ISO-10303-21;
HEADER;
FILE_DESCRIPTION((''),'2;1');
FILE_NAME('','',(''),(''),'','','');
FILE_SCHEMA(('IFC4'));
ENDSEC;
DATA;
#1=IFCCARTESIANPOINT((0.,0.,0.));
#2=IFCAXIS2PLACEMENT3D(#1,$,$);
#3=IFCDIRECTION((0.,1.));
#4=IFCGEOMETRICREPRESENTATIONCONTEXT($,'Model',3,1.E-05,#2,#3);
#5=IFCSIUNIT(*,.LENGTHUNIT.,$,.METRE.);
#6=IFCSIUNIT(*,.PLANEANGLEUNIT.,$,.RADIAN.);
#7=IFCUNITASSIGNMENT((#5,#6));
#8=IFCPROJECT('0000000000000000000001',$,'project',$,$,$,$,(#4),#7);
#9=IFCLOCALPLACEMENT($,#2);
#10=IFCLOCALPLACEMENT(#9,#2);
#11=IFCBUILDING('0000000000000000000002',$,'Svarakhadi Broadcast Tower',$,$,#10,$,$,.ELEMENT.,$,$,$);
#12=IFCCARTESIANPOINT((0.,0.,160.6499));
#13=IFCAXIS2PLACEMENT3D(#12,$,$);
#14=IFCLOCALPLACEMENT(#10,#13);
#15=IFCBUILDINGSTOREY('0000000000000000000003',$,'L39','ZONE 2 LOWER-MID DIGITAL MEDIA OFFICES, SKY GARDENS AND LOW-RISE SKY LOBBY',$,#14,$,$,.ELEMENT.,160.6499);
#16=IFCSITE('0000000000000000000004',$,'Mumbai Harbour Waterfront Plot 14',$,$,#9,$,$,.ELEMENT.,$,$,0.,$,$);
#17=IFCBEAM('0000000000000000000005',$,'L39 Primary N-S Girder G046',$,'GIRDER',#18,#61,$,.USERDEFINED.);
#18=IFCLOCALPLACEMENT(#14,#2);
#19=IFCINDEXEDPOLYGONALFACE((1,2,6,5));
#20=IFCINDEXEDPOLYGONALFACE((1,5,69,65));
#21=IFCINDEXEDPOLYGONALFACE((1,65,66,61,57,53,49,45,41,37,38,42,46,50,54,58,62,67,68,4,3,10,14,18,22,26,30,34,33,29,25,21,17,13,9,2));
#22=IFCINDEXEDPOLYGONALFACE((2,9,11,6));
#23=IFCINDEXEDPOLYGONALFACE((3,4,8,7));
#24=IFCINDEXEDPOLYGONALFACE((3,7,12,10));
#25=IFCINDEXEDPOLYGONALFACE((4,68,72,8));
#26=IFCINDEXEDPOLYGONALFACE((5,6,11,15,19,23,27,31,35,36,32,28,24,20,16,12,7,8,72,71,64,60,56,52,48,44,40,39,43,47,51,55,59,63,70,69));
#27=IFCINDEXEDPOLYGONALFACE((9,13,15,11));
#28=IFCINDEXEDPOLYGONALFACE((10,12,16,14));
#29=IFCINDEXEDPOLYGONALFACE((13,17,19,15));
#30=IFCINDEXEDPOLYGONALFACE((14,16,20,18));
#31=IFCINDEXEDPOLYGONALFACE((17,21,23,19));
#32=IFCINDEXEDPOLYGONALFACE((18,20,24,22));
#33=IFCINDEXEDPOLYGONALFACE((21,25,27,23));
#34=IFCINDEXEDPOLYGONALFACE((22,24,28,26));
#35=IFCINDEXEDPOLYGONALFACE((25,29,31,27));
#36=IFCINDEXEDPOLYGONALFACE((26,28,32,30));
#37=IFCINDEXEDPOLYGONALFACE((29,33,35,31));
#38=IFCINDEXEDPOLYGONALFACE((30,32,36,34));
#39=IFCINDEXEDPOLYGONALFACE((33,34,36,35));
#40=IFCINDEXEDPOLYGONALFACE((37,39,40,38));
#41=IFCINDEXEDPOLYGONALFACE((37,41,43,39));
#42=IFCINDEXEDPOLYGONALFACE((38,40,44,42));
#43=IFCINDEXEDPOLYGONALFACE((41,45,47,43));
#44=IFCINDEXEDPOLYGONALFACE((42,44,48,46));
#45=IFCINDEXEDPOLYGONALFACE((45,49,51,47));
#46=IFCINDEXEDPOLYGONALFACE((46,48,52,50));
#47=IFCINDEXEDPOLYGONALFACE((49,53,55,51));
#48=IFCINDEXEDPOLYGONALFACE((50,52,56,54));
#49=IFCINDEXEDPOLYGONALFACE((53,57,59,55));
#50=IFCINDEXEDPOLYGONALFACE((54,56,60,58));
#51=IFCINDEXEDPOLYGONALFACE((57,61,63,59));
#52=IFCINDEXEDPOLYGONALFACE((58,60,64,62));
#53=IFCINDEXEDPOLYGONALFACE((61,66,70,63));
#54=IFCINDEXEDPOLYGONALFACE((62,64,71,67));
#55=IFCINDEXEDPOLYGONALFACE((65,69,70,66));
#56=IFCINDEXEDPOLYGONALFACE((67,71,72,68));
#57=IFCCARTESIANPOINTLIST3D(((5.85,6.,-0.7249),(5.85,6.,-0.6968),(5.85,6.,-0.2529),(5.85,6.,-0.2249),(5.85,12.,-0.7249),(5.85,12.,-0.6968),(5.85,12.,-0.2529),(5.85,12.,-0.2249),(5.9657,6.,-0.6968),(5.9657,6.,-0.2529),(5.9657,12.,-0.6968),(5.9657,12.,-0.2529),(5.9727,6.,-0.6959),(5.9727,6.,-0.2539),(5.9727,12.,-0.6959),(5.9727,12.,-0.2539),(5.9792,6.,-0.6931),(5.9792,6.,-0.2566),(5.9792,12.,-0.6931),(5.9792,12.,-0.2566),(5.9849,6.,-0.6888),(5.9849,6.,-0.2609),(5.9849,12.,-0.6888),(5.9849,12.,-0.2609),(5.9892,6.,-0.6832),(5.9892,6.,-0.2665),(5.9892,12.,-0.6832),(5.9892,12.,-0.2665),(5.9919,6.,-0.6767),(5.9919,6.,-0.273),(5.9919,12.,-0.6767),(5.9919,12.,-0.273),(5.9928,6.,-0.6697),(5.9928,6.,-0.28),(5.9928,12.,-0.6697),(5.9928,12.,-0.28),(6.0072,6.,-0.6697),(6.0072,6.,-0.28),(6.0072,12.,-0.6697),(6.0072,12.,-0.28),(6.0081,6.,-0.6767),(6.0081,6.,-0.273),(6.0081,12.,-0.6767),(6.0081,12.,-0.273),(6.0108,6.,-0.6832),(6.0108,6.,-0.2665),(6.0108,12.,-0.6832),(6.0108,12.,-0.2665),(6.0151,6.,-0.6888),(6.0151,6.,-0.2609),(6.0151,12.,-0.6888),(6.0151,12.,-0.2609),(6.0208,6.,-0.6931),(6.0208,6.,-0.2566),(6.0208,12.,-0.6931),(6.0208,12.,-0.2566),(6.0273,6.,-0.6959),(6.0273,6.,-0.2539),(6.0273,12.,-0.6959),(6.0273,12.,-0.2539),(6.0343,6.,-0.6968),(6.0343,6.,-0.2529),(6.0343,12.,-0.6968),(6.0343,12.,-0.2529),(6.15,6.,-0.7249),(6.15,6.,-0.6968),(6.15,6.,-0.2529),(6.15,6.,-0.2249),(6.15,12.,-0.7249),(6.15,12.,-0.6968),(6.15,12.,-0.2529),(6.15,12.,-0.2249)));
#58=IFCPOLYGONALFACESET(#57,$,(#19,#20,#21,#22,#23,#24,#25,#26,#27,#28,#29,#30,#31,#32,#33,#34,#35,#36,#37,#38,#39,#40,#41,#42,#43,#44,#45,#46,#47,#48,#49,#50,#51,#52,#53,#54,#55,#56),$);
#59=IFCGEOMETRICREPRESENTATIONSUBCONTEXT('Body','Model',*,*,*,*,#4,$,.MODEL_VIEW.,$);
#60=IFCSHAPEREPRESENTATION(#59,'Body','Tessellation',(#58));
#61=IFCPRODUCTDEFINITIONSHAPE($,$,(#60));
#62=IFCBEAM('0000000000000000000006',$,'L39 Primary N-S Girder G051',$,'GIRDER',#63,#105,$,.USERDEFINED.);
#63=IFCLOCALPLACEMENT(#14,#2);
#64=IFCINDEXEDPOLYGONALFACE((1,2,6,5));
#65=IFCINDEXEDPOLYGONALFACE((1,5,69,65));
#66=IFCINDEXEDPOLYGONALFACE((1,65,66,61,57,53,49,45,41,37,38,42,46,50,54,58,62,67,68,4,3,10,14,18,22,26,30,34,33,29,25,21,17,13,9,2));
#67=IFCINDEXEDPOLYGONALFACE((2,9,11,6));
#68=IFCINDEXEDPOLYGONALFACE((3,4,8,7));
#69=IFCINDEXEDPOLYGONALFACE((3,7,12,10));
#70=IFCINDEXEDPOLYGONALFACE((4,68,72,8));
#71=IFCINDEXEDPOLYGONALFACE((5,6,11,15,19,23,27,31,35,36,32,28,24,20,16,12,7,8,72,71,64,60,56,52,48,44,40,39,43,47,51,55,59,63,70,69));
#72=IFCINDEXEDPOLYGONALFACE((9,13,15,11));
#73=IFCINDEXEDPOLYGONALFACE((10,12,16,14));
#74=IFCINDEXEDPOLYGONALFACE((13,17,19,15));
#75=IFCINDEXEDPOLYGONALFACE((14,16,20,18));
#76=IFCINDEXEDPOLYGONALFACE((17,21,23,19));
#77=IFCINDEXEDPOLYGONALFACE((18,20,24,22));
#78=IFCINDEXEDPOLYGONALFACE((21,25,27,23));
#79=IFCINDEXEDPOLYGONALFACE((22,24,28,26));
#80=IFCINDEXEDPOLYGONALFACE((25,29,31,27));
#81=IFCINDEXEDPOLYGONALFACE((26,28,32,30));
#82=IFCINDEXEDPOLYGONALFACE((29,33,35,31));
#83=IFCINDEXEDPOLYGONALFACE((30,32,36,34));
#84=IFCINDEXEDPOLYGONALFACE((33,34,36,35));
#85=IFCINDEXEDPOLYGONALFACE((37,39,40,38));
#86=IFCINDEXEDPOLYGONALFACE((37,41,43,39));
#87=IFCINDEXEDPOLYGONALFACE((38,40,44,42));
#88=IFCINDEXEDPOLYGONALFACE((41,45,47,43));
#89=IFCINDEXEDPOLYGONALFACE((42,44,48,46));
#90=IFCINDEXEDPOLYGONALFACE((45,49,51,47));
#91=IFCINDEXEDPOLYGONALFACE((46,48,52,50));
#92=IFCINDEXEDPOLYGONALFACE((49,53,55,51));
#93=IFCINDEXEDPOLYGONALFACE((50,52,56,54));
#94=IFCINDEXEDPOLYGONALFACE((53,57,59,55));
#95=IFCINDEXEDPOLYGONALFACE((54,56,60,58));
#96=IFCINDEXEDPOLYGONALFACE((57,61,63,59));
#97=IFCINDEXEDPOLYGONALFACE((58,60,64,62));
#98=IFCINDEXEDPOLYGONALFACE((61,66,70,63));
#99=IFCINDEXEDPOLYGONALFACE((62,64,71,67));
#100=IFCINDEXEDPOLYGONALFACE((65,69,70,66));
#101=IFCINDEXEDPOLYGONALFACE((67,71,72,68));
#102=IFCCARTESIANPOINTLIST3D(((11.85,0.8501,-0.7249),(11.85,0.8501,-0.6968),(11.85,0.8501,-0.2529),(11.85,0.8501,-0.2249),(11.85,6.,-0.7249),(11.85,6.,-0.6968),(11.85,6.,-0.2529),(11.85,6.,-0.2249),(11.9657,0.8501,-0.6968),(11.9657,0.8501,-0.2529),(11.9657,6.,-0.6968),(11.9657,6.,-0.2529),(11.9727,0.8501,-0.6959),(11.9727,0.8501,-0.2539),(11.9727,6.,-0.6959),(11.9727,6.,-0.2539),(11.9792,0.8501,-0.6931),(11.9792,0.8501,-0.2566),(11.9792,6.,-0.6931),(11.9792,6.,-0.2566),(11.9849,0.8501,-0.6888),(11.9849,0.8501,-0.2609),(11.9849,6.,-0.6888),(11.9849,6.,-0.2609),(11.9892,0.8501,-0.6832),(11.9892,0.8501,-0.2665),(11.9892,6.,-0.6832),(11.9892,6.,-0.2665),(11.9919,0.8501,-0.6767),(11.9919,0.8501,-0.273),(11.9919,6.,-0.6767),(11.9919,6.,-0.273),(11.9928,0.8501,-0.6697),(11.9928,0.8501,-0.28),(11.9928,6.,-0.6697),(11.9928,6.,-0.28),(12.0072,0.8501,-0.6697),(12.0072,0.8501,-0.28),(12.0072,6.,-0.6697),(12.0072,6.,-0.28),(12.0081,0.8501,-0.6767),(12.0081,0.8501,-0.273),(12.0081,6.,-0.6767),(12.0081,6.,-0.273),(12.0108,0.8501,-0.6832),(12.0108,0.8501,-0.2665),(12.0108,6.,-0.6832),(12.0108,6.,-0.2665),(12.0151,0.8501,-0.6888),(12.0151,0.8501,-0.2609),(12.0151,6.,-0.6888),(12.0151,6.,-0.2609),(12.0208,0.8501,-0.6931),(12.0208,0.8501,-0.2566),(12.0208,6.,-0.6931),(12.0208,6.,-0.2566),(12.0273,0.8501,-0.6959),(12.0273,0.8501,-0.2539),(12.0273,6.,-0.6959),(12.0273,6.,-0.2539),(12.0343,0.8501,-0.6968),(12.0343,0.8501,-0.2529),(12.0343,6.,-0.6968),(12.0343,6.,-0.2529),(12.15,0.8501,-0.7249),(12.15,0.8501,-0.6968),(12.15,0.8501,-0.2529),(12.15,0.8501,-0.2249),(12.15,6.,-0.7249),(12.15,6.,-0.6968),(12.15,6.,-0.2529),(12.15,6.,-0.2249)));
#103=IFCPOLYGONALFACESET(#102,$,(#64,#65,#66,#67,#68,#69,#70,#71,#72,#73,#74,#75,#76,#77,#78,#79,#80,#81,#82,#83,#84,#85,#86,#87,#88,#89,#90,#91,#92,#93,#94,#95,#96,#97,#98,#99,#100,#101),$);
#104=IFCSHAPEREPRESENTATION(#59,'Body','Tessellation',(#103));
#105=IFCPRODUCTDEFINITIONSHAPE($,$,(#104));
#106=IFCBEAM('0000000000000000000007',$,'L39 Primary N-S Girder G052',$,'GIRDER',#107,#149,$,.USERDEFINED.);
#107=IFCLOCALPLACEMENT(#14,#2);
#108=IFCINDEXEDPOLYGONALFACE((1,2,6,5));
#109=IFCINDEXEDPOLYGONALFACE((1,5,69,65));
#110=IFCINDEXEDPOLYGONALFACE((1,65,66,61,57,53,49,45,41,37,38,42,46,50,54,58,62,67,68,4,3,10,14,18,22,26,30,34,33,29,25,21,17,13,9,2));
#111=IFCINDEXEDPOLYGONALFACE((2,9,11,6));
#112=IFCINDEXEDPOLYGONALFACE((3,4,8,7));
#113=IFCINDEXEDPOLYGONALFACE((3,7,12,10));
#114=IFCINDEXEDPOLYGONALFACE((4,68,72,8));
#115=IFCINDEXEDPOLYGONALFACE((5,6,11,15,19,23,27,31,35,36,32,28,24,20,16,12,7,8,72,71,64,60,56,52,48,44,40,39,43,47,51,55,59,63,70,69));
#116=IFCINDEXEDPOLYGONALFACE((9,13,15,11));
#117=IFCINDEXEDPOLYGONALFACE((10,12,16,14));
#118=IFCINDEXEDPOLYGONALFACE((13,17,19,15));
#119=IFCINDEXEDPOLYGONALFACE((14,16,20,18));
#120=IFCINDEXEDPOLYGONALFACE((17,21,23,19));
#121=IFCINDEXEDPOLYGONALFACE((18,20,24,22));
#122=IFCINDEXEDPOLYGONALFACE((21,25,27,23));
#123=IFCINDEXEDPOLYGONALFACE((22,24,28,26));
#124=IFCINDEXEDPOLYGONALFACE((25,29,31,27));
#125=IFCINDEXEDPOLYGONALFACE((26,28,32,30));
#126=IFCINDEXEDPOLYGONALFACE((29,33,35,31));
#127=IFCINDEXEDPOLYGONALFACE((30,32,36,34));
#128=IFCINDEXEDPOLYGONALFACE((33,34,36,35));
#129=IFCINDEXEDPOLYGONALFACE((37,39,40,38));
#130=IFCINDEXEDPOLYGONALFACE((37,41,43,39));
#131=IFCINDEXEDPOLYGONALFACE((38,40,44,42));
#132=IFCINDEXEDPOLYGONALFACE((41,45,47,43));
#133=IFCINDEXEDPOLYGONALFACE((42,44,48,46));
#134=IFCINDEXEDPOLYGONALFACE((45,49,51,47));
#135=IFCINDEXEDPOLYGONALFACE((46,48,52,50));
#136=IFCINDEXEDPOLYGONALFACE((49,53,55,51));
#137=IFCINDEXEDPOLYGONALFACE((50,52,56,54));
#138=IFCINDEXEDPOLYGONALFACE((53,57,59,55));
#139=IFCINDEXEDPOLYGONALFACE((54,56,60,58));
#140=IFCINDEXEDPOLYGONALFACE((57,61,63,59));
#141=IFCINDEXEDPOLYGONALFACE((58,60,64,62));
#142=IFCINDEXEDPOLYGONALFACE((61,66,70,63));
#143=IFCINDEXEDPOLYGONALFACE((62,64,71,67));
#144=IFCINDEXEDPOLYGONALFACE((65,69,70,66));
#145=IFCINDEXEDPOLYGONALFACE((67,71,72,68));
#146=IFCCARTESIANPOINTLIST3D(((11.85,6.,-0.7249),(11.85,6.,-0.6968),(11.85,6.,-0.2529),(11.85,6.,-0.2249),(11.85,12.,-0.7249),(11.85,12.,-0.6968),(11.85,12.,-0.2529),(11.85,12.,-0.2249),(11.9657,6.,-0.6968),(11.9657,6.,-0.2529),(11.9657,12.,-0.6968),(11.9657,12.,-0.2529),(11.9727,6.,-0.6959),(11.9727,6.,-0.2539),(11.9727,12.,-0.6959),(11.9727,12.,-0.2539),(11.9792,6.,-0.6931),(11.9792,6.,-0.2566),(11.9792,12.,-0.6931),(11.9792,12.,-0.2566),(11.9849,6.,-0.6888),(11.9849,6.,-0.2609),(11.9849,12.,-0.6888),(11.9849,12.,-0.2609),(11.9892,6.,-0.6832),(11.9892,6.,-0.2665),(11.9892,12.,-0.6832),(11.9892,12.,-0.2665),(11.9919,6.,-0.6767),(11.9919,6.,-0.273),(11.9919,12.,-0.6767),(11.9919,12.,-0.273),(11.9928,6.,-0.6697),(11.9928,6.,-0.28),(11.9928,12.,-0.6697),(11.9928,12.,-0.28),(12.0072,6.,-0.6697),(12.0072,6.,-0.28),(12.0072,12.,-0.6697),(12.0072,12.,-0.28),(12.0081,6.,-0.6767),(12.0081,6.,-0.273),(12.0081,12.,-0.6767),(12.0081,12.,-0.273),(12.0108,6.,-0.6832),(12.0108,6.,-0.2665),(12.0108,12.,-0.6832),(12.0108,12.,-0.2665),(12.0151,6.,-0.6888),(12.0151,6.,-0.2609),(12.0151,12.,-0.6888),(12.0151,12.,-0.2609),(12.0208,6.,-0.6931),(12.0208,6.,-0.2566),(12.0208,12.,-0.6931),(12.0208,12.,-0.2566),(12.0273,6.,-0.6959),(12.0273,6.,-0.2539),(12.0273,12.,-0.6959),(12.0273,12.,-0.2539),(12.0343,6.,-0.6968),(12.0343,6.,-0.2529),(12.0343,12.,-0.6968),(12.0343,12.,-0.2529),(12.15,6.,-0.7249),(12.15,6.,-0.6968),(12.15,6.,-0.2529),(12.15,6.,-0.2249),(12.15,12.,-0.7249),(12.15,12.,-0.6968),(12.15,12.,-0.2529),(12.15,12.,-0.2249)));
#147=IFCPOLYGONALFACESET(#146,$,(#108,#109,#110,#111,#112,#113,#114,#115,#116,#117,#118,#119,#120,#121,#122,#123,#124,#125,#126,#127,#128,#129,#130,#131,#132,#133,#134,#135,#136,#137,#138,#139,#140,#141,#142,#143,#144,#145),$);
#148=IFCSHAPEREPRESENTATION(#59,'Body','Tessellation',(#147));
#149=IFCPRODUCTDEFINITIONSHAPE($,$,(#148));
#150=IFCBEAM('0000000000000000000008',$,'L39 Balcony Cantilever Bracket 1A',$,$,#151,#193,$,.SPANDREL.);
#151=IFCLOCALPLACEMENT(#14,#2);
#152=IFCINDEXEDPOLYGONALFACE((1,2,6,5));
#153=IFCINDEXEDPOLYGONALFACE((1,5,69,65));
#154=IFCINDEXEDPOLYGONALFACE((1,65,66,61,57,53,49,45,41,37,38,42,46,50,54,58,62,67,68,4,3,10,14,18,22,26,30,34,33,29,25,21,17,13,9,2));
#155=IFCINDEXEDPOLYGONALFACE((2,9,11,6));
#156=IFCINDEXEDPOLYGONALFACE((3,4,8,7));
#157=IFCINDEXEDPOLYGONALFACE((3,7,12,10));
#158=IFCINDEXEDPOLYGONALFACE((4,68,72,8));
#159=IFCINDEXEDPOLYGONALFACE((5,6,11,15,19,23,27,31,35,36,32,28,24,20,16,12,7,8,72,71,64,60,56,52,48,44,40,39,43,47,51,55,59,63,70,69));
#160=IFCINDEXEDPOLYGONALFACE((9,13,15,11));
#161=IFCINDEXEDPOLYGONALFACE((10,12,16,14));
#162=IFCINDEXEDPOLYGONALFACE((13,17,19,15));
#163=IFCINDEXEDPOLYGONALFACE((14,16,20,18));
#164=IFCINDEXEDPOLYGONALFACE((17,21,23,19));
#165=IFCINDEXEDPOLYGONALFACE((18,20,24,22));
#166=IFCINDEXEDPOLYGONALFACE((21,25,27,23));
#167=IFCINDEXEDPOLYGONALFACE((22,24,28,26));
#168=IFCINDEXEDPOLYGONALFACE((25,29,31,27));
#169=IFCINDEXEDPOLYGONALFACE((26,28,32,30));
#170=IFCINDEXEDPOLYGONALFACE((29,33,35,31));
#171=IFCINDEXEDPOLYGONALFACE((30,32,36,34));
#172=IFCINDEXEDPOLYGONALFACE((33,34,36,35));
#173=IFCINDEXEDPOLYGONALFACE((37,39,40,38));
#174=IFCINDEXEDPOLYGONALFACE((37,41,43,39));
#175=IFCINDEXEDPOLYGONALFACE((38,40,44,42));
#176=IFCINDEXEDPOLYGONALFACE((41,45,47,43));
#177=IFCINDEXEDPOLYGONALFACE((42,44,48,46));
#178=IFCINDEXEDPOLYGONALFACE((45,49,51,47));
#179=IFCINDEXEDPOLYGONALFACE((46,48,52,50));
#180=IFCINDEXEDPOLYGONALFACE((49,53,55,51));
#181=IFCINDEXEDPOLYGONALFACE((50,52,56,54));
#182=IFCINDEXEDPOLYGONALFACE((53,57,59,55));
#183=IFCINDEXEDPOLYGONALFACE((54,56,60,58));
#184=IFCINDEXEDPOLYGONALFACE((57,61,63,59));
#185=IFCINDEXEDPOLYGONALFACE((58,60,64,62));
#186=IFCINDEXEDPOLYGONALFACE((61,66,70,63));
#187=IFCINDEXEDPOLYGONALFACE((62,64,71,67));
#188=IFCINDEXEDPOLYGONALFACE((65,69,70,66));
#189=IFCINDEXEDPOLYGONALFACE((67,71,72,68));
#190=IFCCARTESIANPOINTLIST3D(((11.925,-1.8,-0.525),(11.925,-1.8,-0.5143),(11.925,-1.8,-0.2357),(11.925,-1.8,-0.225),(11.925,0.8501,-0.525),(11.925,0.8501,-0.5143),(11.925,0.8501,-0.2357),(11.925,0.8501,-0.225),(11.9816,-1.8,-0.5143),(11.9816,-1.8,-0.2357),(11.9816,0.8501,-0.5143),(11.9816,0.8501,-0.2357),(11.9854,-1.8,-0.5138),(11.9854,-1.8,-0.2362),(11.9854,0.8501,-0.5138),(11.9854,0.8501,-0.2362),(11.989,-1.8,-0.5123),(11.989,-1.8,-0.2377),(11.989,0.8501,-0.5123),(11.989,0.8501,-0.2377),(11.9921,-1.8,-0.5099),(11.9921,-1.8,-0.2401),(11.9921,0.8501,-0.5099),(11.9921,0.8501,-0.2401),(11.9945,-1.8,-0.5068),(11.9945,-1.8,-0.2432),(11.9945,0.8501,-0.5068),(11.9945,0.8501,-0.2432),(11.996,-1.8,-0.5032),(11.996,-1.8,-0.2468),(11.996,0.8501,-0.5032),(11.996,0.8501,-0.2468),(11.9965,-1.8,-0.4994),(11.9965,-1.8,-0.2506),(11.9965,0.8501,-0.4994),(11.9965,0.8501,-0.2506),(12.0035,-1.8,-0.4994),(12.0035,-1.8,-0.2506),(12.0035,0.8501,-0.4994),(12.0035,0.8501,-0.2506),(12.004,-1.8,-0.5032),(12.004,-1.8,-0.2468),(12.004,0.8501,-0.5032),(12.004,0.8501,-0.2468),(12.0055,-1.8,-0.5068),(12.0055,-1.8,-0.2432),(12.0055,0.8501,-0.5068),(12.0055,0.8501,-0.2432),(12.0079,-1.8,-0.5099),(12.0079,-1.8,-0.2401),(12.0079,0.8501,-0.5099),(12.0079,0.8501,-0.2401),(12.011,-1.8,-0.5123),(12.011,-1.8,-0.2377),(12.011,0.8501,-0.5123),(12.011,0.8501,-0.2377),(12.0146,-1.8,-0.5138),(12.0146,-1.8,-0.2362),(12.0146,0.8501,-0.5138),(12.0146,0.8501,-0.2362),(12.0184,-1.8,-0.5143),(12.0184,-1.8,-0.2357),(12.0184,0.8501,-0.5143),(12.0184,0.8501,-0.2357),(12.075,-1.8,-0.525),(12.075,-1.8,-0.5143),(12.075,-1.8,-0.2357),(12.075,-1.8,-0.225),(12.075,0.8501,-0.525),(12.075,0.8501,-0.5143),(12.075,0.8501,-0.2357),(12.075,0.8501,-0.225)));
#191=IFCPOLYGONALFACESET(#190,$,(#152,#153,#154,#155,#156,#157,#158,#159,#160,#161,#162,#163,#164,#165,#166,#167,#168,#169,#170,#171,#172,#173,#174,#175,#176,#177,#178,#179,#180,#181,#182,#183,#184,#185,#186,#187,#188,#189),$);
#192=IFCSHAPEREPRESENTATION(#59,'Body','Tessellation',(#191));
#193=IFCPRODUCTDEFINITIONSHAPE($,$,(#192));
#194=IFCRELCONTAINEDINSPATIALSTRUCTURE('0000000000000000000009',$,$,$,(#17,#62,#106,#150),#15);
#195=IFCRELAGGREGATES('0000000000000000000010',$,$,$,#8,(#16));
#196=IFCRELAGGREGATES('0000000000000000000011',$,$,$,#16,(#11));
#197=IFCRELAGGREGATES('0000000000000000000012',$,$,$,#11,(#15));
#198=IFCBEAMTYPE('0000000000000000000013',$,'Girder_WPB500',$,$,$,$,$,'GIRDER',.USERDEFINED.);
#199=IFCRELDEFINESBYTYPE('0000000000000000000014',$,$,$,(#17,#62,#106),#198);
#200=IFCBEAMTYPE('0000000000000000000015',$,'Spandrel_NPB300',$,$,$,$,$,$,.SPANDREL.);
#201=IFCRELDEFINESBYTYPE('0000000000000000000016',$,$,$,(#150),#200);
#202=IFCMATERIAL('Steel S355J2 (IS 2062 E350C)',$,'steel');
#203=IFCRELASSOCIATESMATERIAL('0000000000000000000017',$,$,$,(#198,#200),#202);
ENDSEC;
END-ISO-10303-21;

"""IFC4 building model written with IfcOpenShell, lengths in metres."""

from ifc_helpers import new_model, si_unit, direction, frame, origin, origin_2d, place, context, subcontext, project, spatial, i_section, extrude, material, material_profile, profile_set, type_object, element, save


model = new_model("IFC4")

# Units and contexts
model_context = context("Model", 3, precision=1e-05, world=origin(), true_north=direction((0.0, 1.0)))
body_context = subcontext(model_context, "Body", "Model", "MODEL_VIEW")
ifc_project = project(units=[si_unit("LENGTHUNIT", "METRE"), si_unit("PLANEANGLEUNIT", "RADIAN")], contexts=[model_context])

# Site, building, storey
site_placement = place(None, origin())
site = spatial("IfcSite", under=ifc_project, at=site_placement, Name="Mumbai Harbour Waterfront Plot 14", CompositionType="ELEMENT", RefElevation=0.0)
building_placement = place(site_placement, origin())
building = spatial("IfcBuilding", under=site, at=building_placement, Name="Svarakhadi Broadcast Tower", CompositionType="ELEMENT")
storey_placement = place(building_placement, frame((0.0, 0.0, 160.6499)))
storey = spatial("IfcBuildingStorey", under=building, at=storey_placement, Name="L39", Description="ZONE 2 LOWER-MID DIGITAL MEDIA OFFICES, SKY GARDENS AND LOW-RISE SKY LOBBY", CompositionType="ELEMENT", Elevation=160.6499)

# Shared definitions
ifc_material_1 = material(Name="Steel S355J2 (IS 2062 E350C)", Category="steel")

# Beams
ifc_material_profile_1 = material_profile(ifc_material_1, i_section(OverallWidth=0.3, OverallDepth=0.5, WebThickness=0.0144, FlangeThickness=0.0281, FilletRadius=0.0271, at=origin_2d()), Name="WPB 500x300x187")
ifc_profile_set_1 = profile_set([ifc_material_profile_1], Name="Steel S355J2 (IS 2062 E350C)")
beam_type_1 = type_object("IfcBeamType", Name="Girder_WPB500", ElementType="GIRDER", PredefinedType="USERDEFINED", material=ifc_profile_set_1)
beam_1_placement = place(storey_placement, frame((6.0, 6.0, -0.4749), z_axis=(0.0, 1.0, 0.0), x_axis=(-1.0, 0.0, 0.0)))
element("IfcBeam", 1, at=beam_1_placement, inside=storey, type_object=beam_type_1, Name="L39 Primary N-S Girder G046", ObjectType="GIRDER", PredefinedType="USERDEFINED", context=body_context, shape_type="SweptSolid", body=[
    extrude(i_section(OverallWidth=0.3, OverallDepth=0.5, WebThickness=0.0144, FlangeThickness=0.0281, FilletRadius=0.0271, at=origin_2d()), origin(), (0.0, 0.0, 1.0), 6.0),
])
beam_2_placement = place(storey_placement, frame((12.0, 0.8501, -0.4749), z_axis=(0.0, 1.0, 0.0), x_axis=(-1.0, 0.0, 0.0)))
element("IfcBeam", 2, at=beam_2_placement, inside=storey, type_object=beam_type_1, Name="L39 Primary N-S Girder G051", ObjectType="GIRDER", PredefinedType="USERDEFINED", context=body_context, shape_type="SweptSolid", body=[
    extrude(i_section(OverallWidth=0.3, OverallDepth=0.5, WebThickness=0.0144, FlangeThickness=0.0281, FilletRadius=0.0271, at=origin_2d()), origin(), (0.0, 0.0, 1.0), 5.1499),
])
beam_3_placement = place(storey_placement, frame((12.0, 6.0, -0.4749), z_axis=(0.0, 1.0, 0.0), x_axis=(-1.0, 0.0, 0.0)))
element("IfcBeam", 3, at=beam_3_placement, inside=storey, type_object=beam_type_1, Name="L39 Primary N-S Girder G052", ObjectType="GIRDER", PredefinedType="USERDEFINED", context=body_context, shape_type="SweptSolid", body=[
    extrude(i_section(OverallWidth=0.3, OverallDepth=0.5, WebThickness=0.0144, FlangeThickness=0.0281, FilletRadius=0.0271, at=origin_2d()), origin(), (0.0, 0.0, 1.0), 6.0),
])
ifc_material_profile_2 = material_profile(ifc_material_1, i_section(OverallWidth=0.1499, OverallDepth=0.3, WebThickness=0.0071, FlangeThickness=0.0107, FilletRadius=0.0149, at=origin_2d()), Name="NPB 300x150x37")
ifc_profile_set_2 = profile_set([ifc_material_profile_2], Name="Steel S355J2 (IS 2062 E350C)")
beam_type_2 = type_object("IfcBeamType", Name="Spandrel_NPB300", PredefinedType="SPANDREL", material=ifc_profile_set_2)
beam_4_placement = place(storey_placement, frame((12.0, 0.8501, -0.375), z_axis=(0.0, -1.0, 0.0), x_axis=(1.0, 0.0, 0.0)))
element("IfcBeam", 4, at=beam_4_placement, inside=storey, type_object=beam_type_2, Name="L39 Balcony Cantilever Bracket 1A", PredefinedType="SPANDREL", context=body_context, shape_type="SweptSolid", body=[
    extrude(i_section(OverallWidth=0.1499, OverallDepth=0.3, WebThickness=0.0071, FlangeThickness=0.0107, FilletRadius=0.0149, at=origin_2d()), origin(), (0.0, 0.0, 1.0), 2.6501),
])

save(model, "model.ifc")
